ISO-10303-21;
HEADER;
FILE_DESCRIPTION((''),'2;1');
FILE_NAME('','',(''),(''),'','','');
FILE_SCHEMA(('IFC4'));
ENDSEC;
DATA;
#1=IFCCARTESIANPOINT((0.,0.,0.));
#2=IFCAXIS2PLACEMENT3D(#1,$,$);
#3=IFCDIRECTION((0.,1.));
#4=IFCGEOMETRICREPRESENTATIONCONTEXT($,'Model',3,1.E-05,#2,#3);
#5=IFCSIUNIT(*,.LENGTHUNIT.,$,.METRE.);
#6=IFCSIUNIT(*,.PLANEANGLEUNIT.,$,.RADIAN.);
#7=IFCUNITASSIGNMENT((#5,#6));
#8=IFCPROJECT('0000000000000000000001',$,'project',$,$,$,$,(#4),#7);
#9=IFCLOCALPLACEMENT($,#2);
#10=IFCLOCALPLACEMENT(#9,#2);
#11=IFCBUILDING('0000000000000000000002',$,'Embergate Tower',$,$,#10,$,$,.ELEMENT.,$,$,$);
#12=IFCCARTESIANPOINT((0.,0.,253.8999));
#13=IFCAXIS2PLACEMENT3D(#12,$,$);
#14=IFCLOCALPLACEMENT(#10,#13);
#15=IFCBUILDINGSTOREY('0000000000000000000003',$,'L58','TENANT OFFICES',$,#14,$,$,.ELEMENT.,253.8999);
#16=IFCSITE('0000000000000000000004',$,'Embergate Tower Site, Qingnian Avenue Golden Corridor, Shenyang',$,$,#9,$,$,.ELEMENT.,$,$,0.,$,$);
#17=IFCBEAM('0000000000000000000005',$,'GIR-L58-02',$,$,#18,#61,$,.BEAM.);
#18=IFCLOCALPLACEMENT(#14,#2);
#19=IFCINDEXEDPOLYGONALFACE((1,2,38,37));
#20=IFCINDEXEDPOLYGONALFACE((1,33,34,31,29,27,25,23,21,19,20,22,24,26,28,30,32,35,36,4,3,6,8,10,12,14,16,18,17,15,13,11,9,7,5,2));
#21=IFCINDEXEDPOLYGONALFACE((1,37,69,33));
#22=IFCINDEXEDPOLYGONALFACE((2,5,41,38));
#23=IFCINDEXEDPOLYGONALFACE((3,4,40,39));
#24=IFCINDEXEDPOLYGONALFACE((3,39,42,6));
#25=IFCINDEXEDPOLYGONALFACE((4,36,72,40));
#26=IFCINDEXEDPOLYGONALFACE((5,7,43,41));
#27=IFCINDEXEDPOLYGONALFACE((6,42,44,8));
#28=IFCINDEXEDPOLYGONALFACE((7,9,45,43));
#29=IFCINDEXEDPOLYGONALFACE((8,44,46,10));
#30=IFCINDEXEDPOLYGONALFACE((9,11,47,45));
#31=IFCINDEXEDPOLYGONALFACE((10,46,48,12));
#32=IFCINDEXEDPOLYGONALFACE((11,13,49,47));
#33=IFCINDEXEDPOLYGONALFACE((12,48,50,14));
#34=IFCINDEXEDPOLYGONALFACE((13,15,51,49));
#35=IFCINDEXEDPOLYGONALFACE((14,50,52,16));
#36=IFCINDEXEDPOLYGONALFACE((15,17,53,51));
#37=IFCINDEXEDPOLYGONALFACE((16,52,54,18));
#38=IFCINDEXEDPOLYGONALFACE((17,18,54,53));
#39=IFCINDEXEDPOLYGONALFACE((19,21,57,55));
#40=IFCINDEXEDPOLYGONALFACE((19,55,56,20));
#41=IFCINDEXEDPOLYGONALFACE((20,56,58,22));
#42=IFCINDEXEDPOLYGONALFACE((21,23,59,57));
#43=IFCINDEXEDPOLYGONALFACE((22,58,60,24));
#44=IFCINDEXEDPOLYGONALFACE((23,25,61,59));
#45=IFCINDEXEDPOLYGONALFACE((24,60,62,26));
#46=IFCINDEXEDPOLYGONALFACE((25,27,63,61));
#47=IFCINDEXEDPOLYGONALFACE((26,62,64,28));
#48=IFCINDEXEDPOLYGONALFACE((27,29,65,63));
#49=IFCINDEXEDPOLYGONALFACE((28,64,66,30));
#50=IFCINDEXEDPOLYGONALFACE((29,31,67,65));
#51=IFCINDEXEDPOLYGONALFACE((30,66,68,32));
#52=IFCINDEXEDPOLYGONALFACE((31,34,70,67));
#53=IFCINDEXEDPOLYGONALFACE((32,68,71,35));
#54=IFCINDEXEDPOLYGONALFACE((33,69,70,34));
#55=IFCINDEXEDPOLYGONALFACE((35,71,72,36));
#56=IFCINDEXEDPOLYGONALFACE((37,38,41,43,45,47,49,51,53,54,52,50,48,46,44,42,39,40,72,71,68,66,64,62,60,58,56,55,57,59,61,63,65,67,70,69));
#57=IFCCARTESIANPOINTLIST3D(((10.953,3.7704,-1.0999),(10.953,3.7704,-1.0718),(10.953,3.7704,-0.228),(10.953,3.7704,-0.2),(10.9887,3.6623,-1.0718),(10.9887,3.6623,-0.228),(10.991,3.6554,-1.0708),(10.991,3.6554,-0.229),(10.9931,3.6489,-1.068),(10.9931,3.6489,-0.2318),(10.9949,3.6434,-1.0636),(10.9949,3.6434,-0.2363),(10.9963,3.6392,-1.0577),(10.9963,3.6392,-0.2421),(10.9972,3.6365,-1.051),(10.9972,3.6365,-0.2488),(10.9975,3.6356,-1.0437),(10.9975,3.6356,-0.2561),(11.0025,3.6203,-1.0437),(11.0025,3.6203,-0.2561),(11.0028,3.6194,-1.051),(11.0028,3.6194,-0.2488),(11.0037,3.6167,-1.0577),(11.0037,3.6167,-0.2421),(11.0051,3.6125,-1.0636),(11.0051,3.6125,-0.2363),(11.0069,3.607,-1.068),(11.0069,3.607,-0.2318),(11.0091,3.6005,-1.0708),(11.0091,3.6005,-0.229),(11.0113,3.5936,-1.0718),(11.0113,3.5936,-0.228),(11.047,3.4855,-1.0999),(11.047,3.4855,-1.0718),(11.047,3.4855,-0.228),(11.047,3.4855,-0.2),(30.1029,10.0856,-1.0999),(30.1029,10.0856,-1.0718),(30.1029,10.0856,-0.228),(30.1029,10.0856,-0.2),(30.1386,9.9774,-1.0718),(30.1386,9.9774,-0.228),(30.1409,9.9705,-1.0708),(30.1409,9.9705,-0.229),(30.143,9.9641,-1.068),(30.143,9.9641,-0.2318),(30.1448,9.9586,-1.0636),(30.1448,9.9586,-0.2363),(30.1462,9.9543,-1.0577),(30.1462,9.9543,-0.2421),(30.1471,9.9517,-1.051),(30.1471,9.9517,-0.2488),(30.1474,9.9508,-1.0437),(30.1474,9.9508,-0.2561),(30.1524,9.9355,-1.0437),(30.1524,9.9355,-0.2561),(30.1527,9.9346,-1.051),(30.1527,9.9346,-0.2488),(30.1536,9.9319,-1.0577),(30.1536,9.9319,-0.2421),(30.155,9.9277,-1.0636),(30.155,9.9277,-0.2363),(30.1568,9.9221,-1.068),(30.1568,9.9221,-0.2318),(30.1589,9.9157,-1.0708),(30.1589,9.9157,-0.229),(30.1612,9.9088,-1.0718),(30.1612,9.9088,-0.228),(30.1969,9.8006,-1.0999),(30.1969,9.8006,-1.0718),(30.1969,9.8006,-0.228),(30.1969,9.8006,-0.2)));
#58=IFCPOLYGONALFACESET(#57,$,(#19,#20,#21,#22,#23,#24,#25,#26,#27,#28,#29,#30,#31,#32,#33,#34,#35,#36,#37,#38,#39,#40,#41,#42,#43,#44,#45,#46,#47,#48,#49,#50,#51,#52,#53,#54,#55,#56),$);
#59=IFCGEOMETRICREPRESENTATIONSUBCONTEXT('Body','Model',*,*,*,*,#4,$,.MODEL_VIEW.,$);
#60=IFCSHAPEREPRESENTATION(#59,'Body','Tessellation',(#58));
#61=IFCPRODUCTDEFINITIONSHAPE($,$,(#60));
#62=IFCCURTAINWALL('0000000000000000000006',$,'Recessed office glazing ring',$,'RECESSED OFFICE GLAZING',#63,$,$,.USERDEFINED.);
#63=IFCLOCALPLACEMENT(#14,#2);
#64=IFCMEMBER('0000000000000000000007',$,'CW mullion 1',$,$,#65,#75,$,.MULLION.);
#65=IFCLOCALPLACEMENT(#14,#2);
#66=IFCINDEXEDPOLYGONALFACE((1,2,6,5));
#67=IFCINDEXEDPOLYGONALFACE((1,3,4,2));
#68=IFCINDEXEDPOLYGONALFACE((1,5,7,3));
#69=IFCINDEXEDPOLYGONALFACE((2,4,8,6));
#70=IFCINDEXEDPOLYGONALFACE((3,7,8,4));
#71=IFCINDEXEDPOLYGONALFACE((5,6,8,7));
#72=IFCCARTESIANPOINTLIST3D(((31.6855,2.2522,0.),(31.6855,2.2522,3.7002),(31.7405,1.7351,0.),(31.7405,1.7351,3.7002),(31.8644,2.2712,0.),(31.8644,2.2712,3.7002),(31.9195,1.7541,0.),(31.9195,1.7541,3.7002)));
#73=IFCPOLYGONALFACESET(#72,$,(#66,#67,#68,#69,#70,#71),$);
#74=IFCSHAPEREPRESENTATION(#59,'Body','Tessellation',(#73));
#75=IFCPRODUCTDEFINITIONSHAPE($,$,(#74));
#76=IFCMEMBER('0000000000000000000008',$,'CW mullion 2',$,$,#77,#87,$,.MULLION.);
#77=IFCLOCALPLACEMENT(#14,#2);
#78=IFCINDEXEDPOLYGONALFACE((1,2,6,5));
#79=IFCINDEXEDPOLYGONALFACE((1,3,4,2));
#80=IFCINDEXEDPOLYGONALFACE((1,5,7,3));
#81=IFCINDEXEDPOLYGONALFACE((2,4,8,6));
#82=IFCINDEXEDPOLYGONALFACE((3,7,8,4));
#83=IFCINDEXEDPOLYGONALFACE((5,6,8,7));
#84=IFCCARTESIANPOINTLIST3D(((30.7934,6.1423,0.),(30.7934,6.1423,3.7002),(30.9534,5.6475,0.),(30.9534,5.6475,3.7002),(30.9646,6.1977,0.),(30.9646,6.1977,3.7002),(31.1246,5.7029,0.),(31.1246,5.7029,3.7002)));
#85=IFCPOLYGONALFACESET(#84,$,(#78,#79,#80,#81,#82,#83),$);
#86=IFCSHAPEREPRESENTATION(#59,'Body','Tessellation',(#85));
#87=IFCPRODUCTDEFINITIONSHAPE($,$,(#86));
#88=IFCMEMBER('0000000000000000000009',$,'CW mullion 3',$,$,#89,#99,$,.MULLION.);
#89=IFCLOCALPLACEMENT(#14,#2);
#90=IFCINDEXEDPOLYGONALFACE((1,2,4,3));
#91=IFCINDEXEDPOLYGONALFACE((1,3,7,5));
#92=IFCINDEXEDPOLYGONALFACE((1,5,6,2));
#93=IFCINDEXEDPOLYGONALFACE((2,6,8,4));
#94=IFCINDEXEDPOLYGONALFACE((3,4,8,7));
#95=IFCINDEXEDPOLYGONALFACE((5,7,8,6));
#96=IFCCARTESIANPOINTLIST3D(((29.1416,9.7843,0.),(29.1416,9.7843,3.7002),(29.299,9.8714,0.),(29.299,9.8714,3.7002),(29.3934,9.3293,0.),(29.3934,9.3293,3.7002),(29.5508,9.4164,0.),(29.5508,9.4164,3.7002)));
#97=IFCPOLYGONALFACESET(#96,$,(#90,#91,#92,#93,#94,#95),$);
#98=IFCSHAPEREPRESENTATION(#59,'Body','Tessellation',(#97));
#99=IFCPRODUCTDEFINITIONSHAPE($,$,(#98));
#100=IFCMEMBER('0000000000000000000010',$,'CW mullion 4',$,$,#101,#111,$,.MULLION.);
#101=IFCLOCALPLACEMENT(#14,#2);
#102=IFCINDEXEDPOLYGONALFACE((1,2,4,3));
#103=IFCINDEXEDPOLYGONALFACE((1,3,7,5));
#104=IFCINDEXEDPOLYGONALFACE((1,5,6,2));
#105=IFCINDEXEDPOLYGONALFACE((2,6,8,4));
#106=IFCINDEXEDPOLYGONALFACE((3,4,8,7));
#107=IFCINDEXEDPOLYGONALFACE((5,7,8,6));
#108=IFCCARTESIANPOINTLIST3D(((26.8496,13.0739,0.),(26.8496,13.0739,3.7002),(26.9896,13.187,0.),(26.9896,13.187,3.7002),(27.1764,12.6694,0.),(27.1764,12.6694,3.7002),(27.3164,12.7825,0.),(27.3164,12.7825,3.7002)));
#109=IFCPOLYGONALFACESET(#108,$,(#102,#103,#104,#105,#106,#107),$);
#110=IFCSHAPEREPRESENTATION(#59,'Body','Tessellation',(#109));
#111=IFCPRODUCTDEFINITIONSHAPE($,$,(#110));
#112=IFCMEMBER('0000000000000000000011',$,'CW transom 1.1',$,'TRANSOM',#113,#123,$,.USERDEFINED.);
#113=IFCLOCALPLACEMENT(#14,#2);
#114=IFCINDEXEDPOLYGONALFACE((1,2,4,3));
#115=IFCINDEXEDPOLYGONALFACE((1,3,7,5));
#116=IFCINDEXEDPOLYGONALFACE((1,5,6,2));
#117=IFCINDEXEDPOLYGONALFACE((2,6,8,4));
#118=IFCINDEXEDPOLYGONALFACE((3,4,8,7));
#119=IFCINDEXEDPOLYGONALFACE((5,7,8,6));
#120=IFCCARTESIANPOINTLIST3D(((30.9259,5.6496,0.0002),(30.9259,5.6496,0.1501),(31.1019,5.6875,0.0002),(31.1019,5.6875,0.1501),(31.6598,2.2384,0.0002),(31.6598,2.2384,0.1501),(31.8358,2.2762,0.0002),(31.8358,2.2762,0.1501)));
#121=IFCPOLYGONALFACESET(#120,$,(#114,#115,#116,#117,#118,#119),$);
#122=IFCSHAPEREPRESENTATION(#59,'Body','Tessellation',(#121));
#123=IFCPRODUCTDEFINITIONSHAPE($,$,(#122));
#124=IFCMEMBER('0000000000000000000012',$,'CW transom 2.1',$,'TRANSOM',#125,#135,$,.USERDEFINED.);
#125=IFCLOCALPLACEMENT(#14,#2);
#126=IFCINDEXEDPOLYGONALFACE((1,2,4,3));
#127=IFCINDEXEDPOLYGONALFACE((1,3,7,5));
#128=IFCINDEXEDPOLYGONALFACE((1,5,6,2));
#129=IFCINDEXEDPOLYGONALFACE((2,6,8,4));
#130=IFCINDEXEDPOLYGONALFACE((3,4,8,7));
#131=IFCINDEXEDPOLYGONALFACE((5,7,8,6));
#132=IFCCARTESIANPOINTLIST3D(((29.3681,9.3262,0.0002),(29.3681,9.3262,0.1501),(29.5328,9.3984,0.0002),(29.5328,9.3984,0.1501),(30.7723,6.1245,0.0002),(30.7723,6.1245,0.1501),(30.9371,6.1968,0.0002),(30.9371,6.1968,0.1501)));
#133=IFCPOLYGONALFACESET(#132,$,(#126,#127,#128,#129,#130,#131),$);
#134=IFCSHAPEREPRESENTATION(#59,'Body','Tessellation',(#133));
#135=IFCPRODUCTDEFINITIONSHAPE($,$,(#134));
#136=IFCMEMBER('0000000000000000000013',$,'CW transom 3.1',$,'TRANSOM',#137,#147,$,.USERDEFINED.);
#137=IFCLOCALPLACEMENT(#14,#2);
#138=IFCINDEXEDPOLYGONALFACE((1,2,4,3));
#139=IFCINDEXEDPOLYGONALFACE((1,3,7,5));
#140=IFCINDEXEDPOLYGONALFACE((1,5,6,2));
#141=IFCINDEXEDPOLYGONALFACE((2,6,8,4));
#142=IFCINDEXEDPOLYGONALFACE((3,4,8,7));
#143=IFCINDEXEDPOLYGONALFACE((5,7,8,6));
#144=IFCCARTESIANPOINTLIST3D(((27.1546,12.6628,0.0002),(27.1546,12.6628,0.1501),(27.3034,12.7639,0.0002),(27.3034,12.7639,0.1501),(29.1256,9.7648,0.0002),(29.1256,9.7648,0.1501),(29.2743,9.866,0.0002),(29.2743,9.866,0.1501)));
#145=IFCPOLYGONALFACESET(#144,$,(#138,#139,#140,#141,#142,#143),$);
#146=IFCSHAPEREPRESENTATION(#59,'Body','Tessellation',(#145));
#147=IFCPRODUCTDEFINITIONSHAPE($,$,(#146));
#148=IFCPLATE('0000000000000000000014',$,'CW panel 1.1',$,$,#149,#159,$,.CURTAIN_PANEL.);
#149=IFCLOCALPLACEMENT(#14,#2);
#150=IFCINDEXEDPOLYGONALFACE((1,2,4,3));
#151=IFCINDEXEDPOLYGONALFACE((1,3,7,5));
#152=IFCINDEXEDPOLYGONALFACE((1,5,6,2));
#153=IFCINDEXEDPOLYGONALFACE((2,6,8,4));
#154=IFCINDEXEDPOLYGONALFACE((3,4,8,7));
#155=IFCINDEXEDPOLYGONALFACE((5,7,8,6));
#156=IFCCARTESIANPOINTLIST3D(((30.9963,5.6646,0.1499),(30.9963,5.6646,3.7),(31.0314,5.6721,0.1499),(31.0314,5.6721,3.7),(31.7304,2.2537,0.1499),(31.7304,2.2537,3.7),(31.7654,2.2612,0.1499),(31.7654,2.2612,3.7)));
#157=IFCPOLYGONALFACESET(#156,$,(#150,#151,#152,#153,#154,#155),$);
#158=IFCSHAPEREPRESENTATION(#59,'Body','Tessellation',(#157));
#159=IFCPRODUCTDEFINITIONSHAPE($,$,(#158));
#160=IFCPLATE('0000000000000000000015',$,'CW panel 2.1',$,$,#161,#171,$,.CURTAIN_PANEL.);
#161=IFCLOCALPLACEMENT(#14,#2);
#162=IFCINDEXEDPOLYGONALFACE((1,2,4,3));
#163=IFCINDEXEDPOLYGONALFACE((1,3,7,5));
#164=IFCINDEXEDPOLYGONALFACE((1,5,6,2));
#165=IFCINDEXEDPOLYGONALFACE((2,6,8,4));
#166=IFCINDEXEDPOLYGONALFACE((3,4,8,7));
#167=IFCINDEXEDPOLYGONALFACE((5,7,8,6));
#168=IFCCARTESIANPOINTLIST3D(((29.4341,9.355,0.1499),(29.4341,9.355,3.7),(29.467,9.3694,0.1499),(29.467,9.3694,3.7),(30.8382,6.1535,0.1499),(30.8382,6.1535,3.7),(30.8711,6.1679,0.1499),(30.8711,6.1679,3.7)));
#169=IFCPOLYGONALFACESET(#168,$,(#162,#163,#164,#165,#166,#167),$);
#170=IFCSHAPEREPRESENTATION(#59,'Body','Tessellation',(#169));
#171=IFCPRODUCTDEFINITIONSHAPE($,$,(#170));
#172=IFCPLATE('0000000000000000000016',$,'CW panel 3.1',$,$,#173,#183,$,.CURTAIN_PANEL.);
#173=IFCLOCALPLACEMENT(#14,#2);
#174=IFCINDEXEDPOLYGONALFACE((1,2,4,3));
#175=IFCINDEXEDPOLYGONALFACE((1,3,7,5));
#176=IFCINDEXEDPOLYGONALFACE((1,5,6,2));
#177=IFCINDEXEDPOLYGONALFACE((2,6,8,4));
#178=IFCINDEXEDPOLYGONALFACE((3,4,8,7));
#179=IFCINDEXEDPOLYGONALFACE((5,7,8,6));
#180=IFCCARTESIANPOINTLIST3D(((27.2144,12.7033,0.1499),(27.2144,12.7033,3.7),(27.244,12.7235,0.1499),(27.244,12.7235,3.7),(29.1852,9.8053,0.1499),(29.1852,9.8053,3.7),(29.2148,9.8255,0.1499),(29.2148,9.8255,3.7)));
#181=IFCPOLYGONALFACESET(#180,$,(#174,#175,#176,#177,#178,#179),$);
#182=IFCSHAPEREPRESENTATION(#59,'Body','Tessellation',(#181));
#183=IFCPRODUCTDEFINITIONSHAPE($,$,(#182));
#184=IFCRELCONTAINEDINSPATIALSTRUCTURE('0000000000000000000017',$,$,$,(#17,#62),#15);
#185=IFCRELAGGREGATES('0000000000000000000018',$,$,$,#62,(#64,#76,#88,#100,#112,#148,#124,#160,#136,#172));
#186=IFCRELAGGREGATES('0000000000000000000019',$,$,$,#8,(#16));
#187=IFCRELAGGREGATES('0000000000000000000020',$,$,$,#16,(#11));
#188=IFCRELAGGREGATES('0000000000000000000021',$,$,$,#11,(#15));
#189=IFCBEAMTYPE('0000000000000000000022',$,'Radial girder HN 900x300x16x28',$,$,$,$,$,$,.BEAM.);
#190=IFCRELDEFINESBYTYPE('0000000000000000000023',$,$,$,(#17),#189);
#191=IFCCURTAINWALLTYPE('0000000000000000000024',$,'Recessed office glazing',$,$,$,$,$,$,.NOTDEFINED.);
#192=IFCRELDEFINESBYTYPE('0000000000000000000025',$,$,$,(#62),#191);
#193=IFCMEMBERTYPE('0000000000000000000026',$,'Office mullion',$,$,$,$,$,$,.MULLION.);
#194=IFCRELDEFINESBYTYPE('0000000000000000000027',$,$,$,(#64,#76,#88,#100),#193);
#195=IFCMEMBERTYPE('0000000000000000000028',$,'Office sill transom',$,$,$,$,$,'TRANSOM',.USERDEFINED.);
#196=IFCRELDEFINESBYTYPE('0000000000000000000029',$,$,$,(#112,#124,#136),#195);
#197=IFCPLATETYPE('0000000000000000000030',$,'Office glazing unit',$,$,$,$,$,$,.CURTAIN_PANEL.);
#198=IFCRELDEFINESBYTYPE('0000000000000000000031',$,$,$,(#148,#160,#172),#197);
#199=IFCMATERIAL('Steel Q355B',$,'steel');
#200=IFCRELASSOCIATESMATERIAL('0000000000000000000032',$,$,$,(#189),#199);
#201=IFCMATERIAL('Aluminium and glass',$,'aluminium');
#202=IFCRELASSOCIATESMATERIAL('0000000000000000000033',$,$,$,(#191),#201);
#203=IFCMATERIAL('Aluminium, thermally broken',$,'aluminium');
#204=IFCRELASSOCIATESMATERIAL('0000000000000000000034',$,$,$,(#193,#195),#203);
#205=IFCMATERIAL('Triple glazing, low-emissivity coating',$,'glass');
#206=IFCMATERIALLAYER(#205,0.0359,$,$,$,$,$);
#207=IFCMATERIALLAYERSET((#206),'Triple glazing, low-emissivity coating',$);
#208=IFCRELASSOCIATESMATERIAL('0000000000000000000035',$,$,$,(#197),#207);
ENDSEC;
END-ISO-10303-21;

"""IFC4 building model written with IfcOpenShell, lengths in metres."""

from ifc_helpers import new_model, si_unit, direction, frame, origin, origin_2d, place, context, subcontext, project, spatial, rectangle, i_section, extrude, source, transform, mapped, material, layer, layer_set, material_profile, profile_set, type_object, element, aggregate, save


model = new_model("IFC4")

# Units and contexts
model_context = context("Model", 3, precision=1e-05, world=origin(), true_north=direction((0.0, 1.0)))
body_context = subcontext(model_context, "Body", "Model", "MODEL_VIEW")
ifc_project = project(units=[si_unit("LENGTHUNIT", "METRE"), si_unit("PLANEANGLEUNIT", "RADIAN")], contexts=[model_context])

# Site, building, storey
site_placement = place(None, origin())
site = spatial("IfcSite", under=ifc_project, at=site_placement, Name="Embergate Tower Site, Qingnian Avenue Golden Corridor, Shenyang", CompositionType="ELEMENT", RefElevation=0.0)
building_placement = place(site_placement, origin())
building = spatial("IfcBuilding", under=site, at=building_placement, Name="Embergate Tower", CompositionType="ELEMENT")
storey_placement = place(building_placement, frame((0.0, 0.0, 253.8999)))
storey = spatial("IfcBuildingStorey", under=building, at=storey_placement, Name="L58", Description="TENANT OFFICES", CompositionType="ELEMENT", Elevation=253.8999)

# Beam
ifc_material_1 = material(Name="Steel Q355B", Category="steel")
ifc_material_profile_1 = material_profile(ifc_material_1, i_section(OverallWidth=0.3, OverallDepth=0.8999, WebThickness=0.0161, FlangeThickness=0.0281, FilletRadius=0.0281, at=origin_2d()), Name="HN 900x300x16x28")
ifc_profile_set_1 = profile_set([ifc_material_profile_1], Name="Steel Q355 grade B")
beam_type_1 = type_object("IfcBeamType", Name="Radial girder HN 900x300x16x28", PredefinedType="BEAM", material=ifc_profile_set_1)
shared_shape_1 = source(origin(), body_context, "Body", "SweptSolid", [
    extrude(i_section(OverallWidth=0.3, OverallDepth=0.8999, WebThickness=0.0161, FlangeThickness=0.0281, FilletRadius=0.0281, at=origin_2d()), origin(), (0.0, 0.0, 1.0), 20.1643),
])
beam_1_placement = place(storey_placement, frame((30.1499, 9.9431, -0.6499), z_axis=(-0.949692, -0.313186, 0.0), x_axis=(0.313186, -0.949692, 0.0)))
element("IfcBeam", 1, at=beam_1_placement, inside=storey, type_object=beam_type_1, Name="GIR-L58-02", PredefinedType="BEAM", context=body_context, shape_type="MappedRepresentation", body=[
    mapped(shared_shape_1, transform((0.0, 0.0, 0.0))),
])

# Curtain wall, members, plates
ifc_material_2 = material(Name="Aluminium and glass", Category="aluminium")
curtain_wall_type = type_object("IfcCurtainWallType", Name="Recessed office glazing", PredefinedType="NOTDEFINED", material=ifc_material_2)
curtain_wall_placement = place(storey_placement, origin())
curtain_wall = element("IfcCurtainWall", 2, at=curtain_wall_placement, inside=storey, type_object=curtain_wall_type, Name="Recessed office glazing ring", ObjectType="RECESSED OFFICE GLAZING", PredefinedType="USERDEFINED")
ifc_material_3 = material(Name="Aluminium, thermally broken", Category="aluminium")
ifc_material_profile_2 = material_profile(ifc_material_3, rectangle(XDim=0.1799, YDim=0.52, at=origin_2d()), Name="AL 520x180")
ifc_profile_set_2 = profile_set([ifc_material_profile_2], Name="Aluminium, thermally broken")
member_type_1 = type_object("IfcMemberType", Name="Office mullion", PredefinedType="MULLION", material=ifc_profile_set_2)
shared_shape_2 = source(origin(), body_context, "Body", "SweptSolid", [
    extrude(rectangle(XDim=0.1799, YDim=0.52, at=origin_2d()), origin(), (0.0, 0.0, 1.0), 3.7002),
])
member_1_placement = place(storey_placement, frame((31.8025, 2.0032, 0.0), z_axis=(0.0, 0.0, 1.0), x_axis=(-0.994384, -0.105828, 0.0)))
member_1 = element("IfcMember", 3, at=member_1_placement, type_object=member_type_1, Name="CW mullion 1", PredefinedType="MULLION", context=body_context, shape_type="MappedRepresentation", body=[
    mapped(shared_shape_2, transform((0.0, 0.0, 0.0))),
])
member_2_placement = place(storey_placement, frame((30.959, 5.9226, 0.0), z_axis=(0.0, 0.0, 1.0), x_axis=(-0.951494, -0.307667, 0.0)))
member_2 = element("IfcMember", 4, at=member_2_placement, type_object=member_type_1, Name="CW mullion 2", PredefinedType="MULLION", context=body_context, shape_type="MappedRepresentation", body=[
    mapped(shared_shape_2, transform((0.0, 0.0, 0.0))),
])
member_3_placement = place(storey_placement, frame((29.3462, 9.6003, 0.0), z_axis=(0.0, 0.0, 1.0), x_axis=(-0.874994, -0.484133, 0.0)))
member_3 = element("IfcMember", 5, at=member_3_placement, type_object=member_type_1, Name="CW mullion 3", PredefinedType="MULLION", context=body_context, shape_type="MappedRepresentation", body=[
    mapped(shared_shape_2, transform((0.0, 0.0, 0.0))),
])
member_4_placement = place(storey_placement, frame((27.083, 12.9282, 0.0), z_axis=(0.0, 0.0, 1.0), x_axis=(-0.777864, -0.628433, 0.0)))
member_4 = element("IfcMember", 6, at=member_4_placement, type_object=member_type_1, Name="CW mullion 4", PredefinedType="MULLION", context=body_context, shape_type="MappedRepresentation", body=[
    mapped(shared_shape_2, transform((0.0, 0.0, 0.0))),
])
ifc_material_profile_3 = material_profile(ifc_material_3, rectangle(XDim=0.1799, YDim=0.1499, at=origin_2d()), Name="AL 150x180")
ifc_profile_set_3 = profile_set([ifc_material_profile_3], Name="Aluminium, thermally broken")
member_type_2 = type_object("IfcMemberType", Name="Office sill transom", ElementType="TRANSOM", PredefinedType="USERDEFINED", material=ifc_profile_set_3)
shared_shape_3 = source(origin(), body_context, "Body", "SweptSolid", [
    extrude(rectangle(XDim=0.1799, YDim=0.1499, at=origin_2d()), origin(), (0.0, 0.0, 1.0), 3.4893),
])
member_5_placement = place(storey_placement, frame((31.7478, 2.2573, 0.0752), z_axis=(-0.210332, 0.97763, 0.0), x_axis=(-0.97763, -0.210332, 0.0)))
member_5 = element("IfcMember", 7, at=member_5_placement, type_object=member_type_2, Name="CW transom 1.1", ObjectType="TRANSOM", PredefinedType="USERDEFINED", context=body_context, shape_type="MappedRepresentation", body=[
    mapped(shared_shape_3, transform((0.0, 0.0, 0.0))),
])
shared_shape_4 = source(origin(), body_context, "Body", "SweptSolid", [
    extrude(rectangle(XDim=0.1799, YDim=0.1499, at=origin_2d()), origin(), (0.0, 0.0, 1.0), 3.4961),
])
member_6_placement = place(storey_placement, frame((30.8547, 6.1606, 0.0752), z_axis=(-0.401676, 0.915782, 0.0), x_axis=(-0.915782, -0.401676, 0.0)))
member_6 = element("IfcMember", 8, at=member_6_placement, type_object=member_type_2, Name="CW transom 2.1", ObjectType="TRANSOM", PredefinedType="USERDEFINED", context=body_context, shape_type="MappedRepresentation", body=[
    mapped(shared_shape_4, transform((0.0, 0.0, 0.0))),
])
shared_shape_5 = source(origin(), body_context, "Body", "SweptSolid", [
    extrude(rectangle(XDim=0.1799, YDim=0.1499, at=origin_2d()), origin(), (0.0, 0.0, 1.0), 3.5046),
])
member_7_placement = place(storey_placement, frame((29.2, 9.8154, 0.0752), z_axis=(-0.562377, 0.826881, 0.0), x_axis=(-0.826881, -0.562377, 0.0)))
member_7 = element("IfcMember", 9, at=member_7_placement, type_object=member_type_2, Name="CW transom 3.1", ObjectType="TRANSOM", PredefinedType="USERDEFINED", context=body_context, shape_type="MappedRepresentation", body=[
    mapped(shared_shape_5, transform((0.0, 0.0, 0.0))),
])
ifc_material_4 = material(Name="Triple glazing, low-emissivity coating", Category="glass")
ifc_layer_1 = layer(ifc_material_4, 0.0359)
ifc_layer_set_1 = layer_set([ifc_layer_1], Name="Triple glazing, low-emissivity coating")
plate_type = type_object("IfcPlateType", Name="Office glazing unit", PredefinedType="CURTAIN_PANEL", material=ifc_layer_set_1)
shared_shape_6 = source(origin(), body_context, "Body", "SweptSolid", [
    extrude(rectangle(XDim=3.489, YDim=0.0359, at=origin_2d()), origin(), (0.0, 0.0, 1.0), 3.55),
])
plate_1_placement = place(storey_placement, frame((31.3809, 3.9629, 0.1499), z_axis=(0.0, 0.0, 1.0), x_axis=(-0.210402, 0.977615, 0.0)))
plate_1 = element("IfcPlate", 10, at=plate_1_placement, type_object=plate_type, Name="CW panel 1.1", PredefinedType="CURTAIN_PANEL", context=body_context, shape_type="MappedRepresentation", body=[
    mapped(shared_shape_6, transform((0.0, 0.0, 0.0))),
])
shared_shape_7 = source(origin(), body_context, "Body", "SweptSolid", [
    extrude(rectangle(XDim=3.4958, YDim=0.0359, at=origin_2d()), origin(), (0.0, 0.0, 1.0), 3.55),
])
plate_2_placement = place(storey_placement, frame((30.1526, 7.7615, 0.1499), z_axis=(0.0, 0.0, 1.0), x_axis=(-0.401657, 0.91579, 0.0)))
plate_2 = element("IfcPlate", 11, at=plate_2_placement, type_object=plate_type, Name="CW panel 2.1", PredefinedType="CURTAIN_PANEL", context=body_context, shape_type="MappedRepresentation", body=[
    mapped(shared_shape_7, transform((0.0, 0.0, 0.0))),
])
shared_shape_8 = source(origin(), body_context, "Body", "SweptSolid", [
    extrude(rectangle(XDim=3.5046, YDim=0.0359, at=origin_2d()), origin(), (0.0, 0.0, 1.0), 3.55),
])
plate_3_placement = place(storey_placement, frame((28.2146, 11.2644, 0.1499), z_axis=(0.0, 0.0, 1.0), x_axis=(-0.562346, 0.826902, 0.0)))
plate_3 = element("IfcPlate", 12, at=plate_3_placement, type_object=plate_type, Name="CW panel 3.1", PredefinedType="CURTAIN_PANEL", context=body_context, shape_type="MappedRepresentation", body=[
    mapped(shared_shape_8, transform((0.0, 0.0, 0.0))),
])
aggregate(curtain_wall, [member_1, member_2, member_3, member_4, member_5, plate_1, member_6, plate_2, member_7, plate_3])

save(model, "model.ifc")
